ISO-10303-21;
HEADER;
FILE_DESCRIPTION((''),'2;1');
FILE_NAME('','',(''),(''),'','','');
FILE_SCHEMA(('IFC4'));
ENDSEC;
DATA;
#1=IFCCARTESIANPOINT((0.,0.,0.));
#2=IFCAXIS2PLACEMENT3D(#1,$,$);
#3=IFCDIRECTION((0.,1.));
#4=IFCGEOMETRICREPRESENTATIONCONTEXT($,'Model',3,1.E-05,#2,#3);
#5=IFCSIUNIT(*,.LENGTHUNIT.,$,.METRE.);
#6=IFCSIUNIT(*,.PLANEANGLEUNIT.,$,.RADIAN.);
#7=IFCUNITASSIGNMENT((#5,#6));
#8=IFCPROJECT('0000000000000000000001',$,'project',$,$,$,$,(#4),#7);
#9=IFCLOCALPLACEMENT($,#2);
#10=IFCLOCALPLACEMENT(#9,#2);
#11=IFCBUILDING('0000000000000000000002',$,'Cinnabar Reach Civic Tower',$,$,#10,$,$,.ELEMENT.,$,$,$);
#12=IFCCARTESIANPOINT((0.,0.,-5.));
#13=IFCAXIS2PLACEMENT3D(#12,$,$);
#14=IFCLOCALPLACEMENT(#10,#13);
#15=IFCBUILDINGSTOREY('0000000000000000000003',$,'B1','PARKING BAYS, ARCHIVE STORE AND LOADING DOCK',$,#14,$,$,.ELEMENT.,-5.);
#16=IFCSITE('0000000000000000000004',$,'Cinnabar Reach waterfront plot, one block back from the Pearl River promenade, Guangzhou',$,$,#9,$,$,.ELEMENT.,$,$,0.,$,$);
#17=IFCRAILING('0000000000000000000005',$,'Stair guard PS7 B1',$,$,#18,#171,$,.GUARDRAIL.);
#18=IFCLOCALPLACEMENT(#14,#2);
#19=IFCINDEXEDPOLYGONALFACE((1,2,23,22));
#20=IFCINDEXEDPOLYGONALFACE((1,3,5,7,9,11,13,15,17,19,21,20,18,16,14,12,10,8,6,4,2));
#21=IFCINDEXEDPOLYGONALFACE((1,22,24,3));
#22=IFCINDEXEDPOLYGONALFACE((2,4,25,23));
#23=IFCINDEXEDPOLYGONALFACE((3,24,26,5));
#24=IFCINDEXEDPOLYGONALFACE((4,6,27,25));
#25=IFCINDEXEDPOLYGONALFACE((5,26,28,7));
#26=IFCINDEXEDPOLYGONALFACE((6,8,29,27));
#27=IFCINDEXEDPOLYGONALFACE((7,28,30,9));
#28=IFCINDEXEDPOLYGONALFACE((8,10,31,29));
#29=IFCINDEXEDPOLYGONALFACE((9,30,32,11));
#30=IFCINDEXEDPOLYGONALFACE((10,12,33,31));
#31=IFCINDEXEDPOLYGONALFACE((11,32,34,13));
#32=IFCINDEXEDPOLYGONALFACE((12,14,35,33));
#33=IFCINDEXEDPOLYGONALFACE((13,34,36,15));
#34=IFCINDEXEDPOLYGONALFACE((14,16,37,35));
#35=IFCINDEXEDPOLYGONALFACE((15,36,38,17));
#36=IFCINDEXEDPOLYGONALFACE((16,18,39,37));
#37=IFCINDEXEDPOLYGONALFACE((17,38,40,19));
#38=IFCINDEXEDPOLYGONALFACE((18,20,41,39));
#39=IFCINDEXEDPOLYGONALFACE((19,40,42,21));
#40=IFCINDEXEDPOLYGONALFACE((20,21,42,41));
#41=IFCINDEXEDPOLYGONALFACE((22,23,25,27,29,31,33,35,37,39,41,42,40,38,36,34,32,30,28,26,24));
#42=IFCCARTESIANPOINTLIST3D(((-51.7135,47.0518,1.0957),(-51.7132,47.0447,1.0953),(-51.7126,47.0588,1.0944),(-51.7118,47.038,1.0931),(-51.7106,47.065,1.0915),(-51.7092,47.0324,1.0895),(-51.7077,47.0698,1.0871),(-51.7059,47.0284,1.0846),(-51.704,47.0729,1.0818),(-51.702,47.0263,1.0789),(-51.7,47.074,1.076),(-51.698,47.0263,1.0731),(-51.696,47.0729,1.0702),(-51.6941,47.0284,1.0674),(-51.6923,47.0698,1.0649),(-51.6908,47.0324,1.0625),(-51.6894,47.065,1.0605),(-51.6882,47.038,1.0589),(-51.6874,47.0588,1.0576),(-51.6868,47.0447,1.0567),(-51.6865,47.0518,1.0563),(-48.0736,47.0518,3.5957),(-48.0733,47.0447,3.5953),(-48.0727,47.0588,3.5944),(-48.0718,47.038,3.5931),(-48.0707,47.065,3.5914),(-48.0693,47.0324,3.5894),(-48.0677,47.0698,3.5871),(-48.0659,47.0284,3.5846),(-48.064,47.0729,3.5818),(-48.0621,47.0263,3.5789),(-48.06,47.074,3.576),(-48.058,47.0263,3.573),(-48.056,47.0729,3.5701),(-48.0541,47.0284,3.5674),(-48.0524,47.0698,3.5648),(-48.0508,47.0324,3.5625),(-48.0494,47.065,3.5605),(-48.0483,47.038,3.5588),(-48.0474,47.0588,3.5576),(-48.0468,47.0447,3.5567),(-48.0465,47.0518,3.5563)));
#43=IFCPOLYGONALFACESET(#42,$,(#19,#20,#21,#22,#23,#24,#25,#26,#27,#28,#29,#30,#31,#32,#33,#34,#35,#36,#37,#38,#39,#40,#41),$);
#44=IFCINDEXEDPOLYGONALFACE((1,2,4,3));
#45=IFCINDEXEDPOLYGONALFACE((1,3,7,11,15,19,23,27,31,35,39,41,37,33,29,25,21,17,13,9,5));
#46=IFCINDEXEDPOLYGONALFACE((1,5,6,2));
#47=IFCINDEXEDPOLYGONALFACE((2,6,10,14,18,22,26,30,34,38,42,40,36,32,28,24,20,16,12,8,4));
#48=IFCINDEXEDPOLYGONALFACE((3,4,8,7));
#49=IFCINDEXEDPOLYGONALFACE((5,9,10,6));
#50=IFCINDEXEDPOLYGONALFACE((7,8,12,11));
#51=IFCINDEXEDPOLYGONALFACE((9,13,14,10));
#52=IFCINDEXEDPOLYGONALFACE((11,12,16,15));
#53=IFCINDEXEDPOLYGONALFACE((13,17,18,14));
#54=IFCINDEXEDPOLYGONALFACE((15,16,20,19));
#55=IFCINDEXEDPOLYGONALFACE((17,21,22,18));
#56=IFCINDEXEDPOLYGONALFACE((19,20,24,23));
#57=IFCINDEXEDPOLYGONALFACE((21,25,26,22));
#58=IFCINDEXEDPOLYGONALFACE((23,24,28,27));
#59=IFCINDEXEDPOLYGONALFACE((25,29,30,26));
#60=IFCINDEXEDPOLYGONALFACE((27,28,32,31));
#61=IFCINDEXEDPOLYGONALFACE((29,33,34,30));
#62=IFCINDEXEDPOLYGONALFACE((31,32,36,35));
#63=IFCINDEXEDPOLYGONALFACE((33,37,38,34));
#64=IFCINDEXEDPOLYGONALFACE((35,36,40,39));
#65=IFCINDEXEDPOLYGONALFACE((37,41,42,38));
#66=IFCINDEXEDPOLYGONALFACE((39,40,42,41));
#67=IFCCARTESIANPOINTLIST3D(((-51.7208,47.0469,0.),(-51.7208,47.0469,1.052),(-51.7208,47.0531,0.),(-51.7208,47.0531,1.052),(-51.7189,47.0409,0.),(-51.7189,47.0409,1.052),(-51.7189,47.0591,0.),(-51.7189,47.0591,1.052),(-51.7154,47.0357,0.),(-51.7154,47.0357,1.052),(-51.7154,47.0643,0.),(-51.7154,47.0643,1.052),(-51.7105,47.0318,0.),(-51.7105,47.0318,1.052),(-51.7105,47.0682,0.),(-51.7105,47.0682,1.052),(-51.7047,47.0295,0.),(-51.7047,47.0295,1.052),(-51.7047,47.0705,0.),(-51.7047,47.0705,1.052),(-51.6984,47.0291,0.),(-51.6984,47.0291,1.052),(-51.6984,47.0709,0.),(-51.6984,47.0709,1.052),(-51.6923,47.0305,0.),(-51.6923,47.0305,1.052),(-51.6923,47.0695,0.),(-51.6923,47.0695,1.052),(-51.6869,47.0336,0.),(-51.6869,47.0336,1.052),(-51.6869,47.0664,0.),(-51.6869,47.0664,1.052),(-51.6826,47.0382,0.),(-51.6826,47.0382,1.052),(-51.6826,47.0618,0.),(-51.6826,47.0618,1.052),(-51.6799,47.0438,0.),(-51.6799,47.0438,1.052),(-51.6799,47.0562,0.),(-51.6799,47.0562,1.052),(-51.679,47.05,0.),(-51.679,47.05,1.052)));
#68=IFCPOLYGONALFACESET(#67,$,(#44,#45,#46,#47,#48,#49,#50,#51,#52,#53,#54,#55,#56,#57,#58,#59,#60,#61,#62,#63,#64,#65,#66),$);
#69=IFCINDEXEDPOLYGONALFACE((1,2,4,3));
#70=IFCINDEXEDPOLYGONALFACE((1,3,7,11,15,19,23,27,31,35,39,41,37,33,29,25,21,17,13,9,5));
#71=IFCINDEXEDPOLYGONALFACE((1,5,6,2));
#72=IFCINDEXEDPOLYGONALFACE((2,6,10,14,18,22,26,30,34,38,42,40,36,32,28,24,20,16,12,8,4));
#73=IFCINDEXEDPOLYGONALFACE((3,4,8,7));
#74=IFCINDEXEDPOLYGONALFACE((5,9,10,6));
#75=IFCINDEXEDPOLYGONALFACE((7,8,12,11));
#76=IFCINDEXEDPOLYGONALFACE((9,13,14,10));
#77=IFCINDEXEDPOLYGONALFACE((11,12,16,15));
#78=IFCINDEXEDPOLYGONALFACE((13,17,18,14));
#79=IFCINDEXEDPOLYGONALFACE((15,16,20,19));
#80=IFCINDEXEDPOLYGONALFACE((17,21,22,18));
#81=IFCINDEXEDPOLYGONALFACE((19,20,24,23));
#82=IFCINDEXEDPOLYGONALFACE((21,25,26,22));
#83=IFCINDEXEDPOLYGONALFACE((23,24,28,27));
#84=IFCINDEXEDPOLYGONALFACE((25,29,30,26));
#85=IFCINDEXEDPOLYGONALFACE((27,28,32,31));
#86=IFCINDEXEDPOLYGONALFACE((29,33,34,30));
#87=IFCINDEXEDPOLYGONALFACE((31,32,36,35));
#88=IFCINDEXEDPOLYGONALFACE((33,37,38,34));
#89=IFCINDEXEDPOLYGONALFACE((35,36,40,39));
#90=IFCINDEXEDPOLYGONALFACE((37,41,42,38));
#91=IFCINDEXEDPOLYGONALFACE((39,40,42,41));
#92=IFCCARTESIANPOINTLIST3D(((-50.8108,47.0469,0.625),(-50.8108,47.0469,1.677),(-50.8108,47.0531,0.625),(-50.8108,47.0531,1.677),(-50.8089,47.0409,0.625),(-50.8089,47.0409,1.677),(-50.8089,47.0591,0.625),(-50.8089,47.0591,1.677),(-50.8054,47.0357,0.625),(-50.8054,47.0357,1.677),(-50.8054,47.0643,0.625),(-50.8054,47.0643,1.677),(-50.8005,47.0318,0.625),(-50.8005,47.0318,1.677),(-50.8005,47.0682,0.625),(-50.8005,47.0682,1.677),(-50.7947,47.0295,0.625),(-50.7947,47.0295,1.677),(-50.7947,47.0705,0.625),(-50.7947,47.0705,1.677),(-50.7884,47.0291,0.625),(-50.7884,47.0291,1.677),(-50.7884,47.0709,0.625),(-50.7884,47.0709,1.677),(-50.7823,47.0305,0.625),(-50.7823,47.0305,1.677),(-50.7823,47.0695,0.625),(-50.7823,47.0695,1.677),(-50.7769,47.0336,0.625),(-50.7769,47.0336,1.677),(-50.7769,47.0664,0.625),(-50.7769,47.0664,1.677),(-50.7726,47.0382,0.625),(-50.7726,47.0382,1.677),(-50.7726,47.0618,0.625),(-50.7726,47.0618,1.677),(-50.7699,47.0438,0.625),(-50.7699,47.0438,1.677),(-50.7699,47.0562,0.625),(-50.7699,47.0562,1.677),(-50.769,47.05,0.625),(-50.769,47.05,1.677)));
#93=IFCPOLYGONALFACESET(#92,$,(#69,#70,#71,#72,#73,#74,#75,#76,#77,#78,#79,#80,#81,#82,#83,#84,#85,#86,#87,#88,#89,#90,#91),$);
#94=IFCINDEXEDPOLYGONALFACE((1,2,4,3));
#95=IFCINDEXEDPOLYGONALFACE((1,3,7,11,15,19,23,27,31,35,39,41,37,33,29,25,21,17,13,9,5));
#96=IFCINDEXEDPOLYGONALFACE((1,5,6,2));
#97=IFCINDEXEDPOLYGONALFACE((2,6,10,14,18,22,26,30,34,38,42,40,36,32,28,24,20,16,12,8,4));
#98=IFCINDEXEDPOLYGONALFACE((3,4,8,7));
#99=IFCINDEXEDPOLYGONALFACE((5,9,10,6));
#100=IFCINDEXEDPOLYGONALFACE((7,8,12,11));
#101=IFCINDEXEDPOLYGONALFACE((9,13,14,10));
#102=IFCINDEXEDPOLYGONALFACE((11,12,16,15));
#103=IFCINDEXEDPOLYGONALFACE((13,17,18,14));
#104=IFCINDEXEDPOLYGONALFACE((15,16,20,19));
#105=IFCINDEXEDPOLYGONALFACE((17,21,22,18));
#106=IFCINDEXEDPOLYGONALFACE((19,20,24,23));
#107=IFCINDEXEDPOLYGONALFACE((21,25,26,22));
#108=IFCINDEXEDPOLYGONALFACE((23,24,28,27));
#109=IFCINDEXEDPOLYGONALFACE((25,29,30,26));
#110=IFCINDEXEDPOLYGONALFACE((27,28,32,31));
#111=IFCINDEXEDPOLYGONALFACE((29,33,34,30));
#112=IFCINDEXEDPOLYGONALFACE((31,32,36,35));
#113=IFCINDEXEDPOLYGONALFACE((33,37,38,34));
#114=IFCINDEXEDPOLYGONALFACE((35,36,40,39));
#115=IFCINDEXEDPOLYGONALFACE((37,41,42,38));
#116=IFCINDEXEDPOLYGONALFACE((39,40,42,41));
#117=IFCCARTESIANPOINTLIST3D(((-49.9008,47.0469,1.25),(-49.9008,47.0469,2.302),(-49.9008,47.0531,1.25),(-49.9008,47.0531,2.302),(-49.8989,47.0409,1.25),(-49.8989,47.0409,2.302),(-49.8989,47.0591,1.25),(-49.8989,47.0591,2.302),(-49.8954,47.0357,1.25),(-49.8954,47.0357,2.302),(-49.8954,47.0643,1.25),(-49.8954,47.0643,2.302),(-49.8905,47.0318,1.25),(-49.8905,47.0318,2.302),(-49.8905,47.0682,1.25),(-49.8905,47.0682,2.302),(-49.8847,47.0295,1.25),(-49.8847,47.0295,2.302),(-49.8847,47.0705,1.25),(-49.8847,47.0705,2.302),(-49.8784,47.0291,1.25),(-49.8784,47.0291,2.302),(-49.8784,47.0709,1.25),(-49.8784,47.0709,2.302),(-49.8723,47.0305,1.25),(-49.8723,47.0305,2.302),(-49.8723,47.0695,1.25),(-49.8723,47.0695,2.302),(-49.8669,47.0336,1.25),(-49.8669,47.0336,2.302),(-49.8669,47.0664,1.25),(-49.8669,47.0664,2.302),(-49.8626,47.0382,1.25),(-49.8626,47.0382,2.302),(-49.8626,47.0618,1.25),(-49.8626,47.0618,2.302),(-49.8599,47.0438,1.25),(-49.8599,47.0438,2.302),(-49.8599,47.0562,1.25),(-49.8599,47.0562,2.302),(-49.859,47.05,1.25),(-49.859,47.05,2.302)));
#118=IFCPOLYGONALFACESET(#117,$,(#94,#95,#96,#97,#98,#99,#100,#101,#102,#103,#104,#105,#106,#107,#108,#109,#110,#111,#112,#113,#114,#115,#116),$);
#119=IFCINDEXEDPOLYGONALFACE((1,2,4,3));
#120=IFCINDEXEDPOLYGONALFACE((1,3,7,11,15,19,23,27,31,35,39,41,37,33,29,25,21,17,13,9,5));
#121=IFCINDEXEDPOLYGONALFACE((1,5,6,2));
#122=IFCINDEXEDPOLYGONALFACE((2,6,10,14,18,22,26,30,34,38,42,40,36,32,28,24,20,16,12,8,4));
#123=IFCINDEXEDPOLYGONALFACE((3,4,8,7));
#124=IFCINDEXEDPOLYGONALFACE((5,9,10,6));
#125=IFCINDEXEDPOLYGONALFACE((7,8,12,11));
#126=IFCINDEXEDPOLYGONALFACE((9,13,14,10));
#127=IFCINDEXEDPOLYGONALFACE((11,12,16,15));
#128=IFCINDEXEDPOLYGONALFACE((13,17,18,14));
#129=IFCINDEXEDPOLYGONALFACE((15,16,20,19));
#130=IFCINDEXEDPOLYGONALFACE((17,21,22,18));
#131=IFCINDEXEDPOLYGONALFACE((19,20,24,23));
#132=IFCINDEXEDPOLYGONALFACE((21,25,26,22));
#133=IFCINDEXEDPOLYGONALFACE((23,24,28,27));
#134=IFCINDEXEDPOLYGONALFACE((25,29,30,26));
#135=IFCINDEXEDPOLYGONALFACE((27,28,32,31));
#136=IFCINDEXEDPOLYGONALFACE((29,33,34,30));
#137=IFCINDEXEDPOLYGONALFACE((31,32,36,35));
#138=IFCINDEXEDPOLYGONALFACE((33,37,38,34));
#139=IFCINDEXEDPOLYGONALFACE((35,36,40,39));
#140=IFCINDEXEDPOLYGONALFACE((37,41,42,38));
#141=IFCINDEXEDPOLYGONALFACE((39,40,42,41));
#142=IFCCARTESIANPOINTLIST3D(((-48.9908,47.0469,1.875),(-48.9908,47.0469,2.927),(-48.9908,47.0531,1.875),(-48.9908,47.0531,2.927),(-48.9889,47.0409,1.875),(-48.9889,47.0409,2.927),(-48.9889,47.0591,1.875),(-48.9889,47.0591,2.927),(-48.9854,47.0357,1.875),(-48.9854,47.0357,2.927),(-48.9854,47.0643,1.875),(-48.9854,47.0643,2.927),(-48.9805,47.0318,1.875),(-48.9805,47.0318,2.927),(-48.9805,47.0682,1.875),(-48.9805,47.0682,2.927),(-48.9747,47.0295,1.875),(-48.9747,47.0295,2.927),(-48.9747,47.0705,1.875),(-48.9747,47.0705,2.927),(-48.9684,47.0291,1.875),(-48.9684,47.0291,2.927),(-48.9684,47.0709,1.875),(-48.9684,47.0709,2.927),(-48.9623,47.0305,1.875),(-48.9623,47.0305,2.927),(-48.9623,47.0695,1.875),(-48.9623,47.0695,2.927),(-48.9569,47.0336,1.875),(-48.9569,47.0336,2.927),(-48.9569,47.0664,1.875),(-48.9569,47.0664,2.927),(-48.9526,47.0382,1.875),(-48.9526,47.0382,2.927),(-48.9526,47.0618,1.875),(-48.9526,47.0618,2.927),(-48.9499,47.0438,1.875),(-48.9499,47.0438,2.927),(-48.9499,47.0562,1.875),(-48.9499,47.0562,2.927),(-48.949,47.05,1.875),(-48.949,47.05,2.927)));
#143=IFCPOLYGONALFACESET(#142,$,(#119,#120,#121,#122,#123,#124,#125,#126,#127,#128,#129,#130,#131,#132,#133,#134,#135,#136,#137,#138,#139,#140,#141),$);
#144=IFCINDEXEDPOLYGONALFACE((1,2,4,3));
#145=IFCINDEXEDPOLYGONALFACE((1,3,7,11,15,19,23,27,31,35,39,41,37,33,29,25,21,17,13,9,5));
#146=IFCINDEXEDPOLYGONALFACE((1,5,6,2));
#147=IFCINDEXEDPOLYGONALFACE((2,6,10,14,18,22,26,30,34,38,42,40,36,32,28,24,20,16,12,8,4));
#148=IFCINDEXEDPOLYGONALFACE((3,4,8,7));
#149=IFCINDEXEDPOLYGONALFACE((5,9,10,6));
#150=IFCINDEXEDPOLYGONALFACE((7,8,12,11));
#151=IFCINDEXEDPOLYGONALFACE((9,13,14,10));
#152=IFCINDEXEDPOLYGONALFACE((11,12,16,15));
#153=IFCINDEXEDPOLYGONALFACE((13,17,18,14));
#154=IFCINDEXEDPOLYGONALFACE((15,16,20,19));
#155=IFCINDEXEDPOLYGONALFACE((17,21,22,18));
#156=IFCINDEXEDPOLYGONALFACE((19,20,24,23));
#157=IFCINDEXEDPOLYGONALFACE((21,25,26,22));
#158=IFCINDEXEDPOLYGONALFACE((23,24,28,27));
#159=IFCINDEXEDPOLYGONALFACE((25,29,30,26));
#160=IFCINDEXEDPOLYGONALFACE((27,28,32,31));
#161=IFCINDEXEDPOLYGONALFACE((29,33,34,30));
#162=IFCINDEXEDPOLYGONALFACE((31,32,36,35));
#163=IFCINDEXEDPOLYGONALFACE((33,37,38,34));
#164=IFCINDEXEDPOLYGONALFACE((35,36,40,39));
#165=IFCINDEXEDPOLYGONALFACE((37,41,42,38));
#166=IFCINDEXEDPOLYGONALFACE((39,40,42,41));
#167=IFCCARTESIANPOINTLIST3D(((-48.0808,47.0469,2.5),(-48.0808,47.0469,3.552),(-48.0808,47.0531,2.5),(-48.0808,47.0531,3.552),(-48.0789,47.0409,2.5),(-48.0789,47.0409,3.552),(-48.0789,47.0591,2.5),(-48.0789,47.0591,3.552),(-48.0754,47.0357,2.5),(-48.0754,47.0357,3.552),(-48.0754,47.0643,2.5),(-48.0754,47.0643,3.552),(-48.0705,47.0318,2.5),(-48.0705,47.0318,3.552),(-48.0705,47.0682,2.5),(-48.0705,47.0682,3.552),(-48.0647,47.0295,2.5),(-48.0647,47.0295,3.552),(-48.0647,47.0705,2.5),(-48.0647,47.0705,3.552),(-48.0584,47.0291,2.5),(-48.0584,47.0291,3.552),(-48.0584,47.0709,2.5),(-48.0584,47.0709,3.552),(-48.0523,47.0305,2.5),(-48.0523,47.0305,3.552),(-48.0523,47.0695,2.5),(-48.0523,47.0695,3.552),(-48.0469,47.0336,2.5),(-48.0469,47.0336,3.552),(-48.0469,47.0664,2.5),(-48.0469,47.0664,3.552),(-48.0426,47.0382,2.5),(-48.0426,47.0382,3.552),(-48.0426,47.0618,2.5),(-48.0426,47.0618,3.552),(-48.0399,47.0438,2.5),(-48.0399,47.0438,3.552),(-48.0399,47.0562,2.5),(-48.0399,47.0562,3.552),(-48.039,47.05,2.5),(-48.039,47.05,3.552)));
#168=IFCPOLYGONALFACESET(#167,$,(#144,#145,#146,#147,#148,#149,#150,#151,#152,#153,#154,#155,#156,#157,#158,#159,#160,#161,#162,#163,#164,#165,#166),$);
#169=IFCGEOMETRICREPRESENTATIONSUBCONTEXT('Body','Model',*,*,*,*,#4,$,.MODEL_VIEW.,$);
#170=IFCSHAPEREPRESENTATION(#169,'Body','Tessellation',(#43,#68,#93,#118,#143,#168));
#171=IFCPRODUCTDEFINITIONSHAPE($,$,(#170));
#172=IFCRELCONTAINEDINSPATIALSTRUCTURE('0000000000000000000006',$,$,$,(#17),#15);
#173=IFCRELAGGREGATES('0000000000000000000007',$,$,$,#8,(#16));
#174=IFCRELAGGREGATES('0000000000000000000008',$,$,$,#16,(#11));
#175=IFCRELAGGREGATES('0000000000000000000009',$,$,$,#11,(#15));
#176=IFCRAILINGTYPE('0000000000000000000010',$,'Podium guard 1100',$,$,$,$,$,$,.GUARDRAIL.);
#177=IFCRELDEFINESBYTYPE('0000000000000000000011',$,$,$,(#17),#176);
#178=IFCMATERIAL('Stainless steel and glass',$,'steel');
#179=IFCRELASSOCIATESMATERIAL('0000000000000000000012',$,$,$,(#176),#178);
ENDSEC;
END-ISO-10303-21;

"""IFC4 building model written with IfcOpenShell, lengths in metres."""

from ifc_helpers import new_model, si_unit, direction, frame, origin, origin_2d, place, context, subcontext, project, spatial, circle, extrude, material, type_object, element, save


model = new_model("IFC4")

# Units and contexts
model_context = context("Model", 3, precision=1e-05, world=origin(), true_north=direction((0.0, 1.0)))
body_context = subcontext(model_context, "Body", "Model", "MODEL_VIEW")
ifc_project = project(units=[si_unit("LENGTHUNIT", "METRE"), si_unit("PLANEANGLEUNIT", "RADIAN")], contexts=[model_context])

# Site, building, storey
site_placement = place(None, origin())
site = spatial("IfcSite", under=ifc_project, at=site_placement, Name="Cinnabar Reach waterfront plot, one block back from the Pearl River promenade, Guangzhou", CompositionType="ELEMENT", RefElevation=0.0)
building_placement = place(site_placement, origin())
building = spatial("IfcBuilding", under=site, at=building_placement, Name="Cinnabar Reach Civic Tower", CompositionType="ELEMENT")
storey_placement = place(building_placement, frame((0.0, 0.0, -5.0)))
storey = spatial("IfcBuildingStorey", under=building, at=storey_placement, Name="B1", Description="PARKING BAYS, ARCHIVE STORE AND LOADING DOCK", CompositionType="ELEMENT", Elevation=-5.0)

# Railing
ifc_material_1 = material(Name="Stainless steel and glass", Category="steel")
railing_type_1 = type_object("IfcRailingType", Name="Podium guard 1100", PredefinedType="GUARDRAIL", material=ifc_material_1)
railing_1_placement = place(storey_placement, frame((-51.7, 47.05, 0.0)))
element("IfcRailing", 1, at=railing_1_placement, inside=storey, type_object=railing_type_1, Name="Stair guard PS7 B1", PredefinedType="GUARDRAIL", context=body_context, shape_type="SweptSolid", body=[
    extrude(circle(Radius=0.024, at=origin_2d()), frame((0.0, 0.0, 1.076), z_axis=(0.824306, 0.0, 0.566144), x_axis=(0.0, 1.0, 0.0)), (0.0, 0.0, 1.0), 4.4158),
    extrude(circle(Radius=0.021, at=origin_2d()), origin(), (0.0, 0.0, 1.0), 1.052),
    extrude(circle(Radius=0.021, at=origin_2d()), frame((0.91, 0.0, 0.625)), (0.0, 0.0, 1.0), 1.052),
    extrude(circle(Radius=0.021, at=origin_2d()), frame((1.82, 0.0, 1.25)), (0.0, 0.0, 1.0), 1.052),
    extrude(circle(Radius=0.021, at=origin_2d()), frame((2.73, 0.0, 1.875)), (0.0, 0.0, 1.0), 1.052),
    extrude(circle(Radius=0.021, at=origin_2d()), frame((3.64, 0.0, 2.5)), (0.0, 0.0, 1.0), 1.052),
])

save(model, "model.ifc")
